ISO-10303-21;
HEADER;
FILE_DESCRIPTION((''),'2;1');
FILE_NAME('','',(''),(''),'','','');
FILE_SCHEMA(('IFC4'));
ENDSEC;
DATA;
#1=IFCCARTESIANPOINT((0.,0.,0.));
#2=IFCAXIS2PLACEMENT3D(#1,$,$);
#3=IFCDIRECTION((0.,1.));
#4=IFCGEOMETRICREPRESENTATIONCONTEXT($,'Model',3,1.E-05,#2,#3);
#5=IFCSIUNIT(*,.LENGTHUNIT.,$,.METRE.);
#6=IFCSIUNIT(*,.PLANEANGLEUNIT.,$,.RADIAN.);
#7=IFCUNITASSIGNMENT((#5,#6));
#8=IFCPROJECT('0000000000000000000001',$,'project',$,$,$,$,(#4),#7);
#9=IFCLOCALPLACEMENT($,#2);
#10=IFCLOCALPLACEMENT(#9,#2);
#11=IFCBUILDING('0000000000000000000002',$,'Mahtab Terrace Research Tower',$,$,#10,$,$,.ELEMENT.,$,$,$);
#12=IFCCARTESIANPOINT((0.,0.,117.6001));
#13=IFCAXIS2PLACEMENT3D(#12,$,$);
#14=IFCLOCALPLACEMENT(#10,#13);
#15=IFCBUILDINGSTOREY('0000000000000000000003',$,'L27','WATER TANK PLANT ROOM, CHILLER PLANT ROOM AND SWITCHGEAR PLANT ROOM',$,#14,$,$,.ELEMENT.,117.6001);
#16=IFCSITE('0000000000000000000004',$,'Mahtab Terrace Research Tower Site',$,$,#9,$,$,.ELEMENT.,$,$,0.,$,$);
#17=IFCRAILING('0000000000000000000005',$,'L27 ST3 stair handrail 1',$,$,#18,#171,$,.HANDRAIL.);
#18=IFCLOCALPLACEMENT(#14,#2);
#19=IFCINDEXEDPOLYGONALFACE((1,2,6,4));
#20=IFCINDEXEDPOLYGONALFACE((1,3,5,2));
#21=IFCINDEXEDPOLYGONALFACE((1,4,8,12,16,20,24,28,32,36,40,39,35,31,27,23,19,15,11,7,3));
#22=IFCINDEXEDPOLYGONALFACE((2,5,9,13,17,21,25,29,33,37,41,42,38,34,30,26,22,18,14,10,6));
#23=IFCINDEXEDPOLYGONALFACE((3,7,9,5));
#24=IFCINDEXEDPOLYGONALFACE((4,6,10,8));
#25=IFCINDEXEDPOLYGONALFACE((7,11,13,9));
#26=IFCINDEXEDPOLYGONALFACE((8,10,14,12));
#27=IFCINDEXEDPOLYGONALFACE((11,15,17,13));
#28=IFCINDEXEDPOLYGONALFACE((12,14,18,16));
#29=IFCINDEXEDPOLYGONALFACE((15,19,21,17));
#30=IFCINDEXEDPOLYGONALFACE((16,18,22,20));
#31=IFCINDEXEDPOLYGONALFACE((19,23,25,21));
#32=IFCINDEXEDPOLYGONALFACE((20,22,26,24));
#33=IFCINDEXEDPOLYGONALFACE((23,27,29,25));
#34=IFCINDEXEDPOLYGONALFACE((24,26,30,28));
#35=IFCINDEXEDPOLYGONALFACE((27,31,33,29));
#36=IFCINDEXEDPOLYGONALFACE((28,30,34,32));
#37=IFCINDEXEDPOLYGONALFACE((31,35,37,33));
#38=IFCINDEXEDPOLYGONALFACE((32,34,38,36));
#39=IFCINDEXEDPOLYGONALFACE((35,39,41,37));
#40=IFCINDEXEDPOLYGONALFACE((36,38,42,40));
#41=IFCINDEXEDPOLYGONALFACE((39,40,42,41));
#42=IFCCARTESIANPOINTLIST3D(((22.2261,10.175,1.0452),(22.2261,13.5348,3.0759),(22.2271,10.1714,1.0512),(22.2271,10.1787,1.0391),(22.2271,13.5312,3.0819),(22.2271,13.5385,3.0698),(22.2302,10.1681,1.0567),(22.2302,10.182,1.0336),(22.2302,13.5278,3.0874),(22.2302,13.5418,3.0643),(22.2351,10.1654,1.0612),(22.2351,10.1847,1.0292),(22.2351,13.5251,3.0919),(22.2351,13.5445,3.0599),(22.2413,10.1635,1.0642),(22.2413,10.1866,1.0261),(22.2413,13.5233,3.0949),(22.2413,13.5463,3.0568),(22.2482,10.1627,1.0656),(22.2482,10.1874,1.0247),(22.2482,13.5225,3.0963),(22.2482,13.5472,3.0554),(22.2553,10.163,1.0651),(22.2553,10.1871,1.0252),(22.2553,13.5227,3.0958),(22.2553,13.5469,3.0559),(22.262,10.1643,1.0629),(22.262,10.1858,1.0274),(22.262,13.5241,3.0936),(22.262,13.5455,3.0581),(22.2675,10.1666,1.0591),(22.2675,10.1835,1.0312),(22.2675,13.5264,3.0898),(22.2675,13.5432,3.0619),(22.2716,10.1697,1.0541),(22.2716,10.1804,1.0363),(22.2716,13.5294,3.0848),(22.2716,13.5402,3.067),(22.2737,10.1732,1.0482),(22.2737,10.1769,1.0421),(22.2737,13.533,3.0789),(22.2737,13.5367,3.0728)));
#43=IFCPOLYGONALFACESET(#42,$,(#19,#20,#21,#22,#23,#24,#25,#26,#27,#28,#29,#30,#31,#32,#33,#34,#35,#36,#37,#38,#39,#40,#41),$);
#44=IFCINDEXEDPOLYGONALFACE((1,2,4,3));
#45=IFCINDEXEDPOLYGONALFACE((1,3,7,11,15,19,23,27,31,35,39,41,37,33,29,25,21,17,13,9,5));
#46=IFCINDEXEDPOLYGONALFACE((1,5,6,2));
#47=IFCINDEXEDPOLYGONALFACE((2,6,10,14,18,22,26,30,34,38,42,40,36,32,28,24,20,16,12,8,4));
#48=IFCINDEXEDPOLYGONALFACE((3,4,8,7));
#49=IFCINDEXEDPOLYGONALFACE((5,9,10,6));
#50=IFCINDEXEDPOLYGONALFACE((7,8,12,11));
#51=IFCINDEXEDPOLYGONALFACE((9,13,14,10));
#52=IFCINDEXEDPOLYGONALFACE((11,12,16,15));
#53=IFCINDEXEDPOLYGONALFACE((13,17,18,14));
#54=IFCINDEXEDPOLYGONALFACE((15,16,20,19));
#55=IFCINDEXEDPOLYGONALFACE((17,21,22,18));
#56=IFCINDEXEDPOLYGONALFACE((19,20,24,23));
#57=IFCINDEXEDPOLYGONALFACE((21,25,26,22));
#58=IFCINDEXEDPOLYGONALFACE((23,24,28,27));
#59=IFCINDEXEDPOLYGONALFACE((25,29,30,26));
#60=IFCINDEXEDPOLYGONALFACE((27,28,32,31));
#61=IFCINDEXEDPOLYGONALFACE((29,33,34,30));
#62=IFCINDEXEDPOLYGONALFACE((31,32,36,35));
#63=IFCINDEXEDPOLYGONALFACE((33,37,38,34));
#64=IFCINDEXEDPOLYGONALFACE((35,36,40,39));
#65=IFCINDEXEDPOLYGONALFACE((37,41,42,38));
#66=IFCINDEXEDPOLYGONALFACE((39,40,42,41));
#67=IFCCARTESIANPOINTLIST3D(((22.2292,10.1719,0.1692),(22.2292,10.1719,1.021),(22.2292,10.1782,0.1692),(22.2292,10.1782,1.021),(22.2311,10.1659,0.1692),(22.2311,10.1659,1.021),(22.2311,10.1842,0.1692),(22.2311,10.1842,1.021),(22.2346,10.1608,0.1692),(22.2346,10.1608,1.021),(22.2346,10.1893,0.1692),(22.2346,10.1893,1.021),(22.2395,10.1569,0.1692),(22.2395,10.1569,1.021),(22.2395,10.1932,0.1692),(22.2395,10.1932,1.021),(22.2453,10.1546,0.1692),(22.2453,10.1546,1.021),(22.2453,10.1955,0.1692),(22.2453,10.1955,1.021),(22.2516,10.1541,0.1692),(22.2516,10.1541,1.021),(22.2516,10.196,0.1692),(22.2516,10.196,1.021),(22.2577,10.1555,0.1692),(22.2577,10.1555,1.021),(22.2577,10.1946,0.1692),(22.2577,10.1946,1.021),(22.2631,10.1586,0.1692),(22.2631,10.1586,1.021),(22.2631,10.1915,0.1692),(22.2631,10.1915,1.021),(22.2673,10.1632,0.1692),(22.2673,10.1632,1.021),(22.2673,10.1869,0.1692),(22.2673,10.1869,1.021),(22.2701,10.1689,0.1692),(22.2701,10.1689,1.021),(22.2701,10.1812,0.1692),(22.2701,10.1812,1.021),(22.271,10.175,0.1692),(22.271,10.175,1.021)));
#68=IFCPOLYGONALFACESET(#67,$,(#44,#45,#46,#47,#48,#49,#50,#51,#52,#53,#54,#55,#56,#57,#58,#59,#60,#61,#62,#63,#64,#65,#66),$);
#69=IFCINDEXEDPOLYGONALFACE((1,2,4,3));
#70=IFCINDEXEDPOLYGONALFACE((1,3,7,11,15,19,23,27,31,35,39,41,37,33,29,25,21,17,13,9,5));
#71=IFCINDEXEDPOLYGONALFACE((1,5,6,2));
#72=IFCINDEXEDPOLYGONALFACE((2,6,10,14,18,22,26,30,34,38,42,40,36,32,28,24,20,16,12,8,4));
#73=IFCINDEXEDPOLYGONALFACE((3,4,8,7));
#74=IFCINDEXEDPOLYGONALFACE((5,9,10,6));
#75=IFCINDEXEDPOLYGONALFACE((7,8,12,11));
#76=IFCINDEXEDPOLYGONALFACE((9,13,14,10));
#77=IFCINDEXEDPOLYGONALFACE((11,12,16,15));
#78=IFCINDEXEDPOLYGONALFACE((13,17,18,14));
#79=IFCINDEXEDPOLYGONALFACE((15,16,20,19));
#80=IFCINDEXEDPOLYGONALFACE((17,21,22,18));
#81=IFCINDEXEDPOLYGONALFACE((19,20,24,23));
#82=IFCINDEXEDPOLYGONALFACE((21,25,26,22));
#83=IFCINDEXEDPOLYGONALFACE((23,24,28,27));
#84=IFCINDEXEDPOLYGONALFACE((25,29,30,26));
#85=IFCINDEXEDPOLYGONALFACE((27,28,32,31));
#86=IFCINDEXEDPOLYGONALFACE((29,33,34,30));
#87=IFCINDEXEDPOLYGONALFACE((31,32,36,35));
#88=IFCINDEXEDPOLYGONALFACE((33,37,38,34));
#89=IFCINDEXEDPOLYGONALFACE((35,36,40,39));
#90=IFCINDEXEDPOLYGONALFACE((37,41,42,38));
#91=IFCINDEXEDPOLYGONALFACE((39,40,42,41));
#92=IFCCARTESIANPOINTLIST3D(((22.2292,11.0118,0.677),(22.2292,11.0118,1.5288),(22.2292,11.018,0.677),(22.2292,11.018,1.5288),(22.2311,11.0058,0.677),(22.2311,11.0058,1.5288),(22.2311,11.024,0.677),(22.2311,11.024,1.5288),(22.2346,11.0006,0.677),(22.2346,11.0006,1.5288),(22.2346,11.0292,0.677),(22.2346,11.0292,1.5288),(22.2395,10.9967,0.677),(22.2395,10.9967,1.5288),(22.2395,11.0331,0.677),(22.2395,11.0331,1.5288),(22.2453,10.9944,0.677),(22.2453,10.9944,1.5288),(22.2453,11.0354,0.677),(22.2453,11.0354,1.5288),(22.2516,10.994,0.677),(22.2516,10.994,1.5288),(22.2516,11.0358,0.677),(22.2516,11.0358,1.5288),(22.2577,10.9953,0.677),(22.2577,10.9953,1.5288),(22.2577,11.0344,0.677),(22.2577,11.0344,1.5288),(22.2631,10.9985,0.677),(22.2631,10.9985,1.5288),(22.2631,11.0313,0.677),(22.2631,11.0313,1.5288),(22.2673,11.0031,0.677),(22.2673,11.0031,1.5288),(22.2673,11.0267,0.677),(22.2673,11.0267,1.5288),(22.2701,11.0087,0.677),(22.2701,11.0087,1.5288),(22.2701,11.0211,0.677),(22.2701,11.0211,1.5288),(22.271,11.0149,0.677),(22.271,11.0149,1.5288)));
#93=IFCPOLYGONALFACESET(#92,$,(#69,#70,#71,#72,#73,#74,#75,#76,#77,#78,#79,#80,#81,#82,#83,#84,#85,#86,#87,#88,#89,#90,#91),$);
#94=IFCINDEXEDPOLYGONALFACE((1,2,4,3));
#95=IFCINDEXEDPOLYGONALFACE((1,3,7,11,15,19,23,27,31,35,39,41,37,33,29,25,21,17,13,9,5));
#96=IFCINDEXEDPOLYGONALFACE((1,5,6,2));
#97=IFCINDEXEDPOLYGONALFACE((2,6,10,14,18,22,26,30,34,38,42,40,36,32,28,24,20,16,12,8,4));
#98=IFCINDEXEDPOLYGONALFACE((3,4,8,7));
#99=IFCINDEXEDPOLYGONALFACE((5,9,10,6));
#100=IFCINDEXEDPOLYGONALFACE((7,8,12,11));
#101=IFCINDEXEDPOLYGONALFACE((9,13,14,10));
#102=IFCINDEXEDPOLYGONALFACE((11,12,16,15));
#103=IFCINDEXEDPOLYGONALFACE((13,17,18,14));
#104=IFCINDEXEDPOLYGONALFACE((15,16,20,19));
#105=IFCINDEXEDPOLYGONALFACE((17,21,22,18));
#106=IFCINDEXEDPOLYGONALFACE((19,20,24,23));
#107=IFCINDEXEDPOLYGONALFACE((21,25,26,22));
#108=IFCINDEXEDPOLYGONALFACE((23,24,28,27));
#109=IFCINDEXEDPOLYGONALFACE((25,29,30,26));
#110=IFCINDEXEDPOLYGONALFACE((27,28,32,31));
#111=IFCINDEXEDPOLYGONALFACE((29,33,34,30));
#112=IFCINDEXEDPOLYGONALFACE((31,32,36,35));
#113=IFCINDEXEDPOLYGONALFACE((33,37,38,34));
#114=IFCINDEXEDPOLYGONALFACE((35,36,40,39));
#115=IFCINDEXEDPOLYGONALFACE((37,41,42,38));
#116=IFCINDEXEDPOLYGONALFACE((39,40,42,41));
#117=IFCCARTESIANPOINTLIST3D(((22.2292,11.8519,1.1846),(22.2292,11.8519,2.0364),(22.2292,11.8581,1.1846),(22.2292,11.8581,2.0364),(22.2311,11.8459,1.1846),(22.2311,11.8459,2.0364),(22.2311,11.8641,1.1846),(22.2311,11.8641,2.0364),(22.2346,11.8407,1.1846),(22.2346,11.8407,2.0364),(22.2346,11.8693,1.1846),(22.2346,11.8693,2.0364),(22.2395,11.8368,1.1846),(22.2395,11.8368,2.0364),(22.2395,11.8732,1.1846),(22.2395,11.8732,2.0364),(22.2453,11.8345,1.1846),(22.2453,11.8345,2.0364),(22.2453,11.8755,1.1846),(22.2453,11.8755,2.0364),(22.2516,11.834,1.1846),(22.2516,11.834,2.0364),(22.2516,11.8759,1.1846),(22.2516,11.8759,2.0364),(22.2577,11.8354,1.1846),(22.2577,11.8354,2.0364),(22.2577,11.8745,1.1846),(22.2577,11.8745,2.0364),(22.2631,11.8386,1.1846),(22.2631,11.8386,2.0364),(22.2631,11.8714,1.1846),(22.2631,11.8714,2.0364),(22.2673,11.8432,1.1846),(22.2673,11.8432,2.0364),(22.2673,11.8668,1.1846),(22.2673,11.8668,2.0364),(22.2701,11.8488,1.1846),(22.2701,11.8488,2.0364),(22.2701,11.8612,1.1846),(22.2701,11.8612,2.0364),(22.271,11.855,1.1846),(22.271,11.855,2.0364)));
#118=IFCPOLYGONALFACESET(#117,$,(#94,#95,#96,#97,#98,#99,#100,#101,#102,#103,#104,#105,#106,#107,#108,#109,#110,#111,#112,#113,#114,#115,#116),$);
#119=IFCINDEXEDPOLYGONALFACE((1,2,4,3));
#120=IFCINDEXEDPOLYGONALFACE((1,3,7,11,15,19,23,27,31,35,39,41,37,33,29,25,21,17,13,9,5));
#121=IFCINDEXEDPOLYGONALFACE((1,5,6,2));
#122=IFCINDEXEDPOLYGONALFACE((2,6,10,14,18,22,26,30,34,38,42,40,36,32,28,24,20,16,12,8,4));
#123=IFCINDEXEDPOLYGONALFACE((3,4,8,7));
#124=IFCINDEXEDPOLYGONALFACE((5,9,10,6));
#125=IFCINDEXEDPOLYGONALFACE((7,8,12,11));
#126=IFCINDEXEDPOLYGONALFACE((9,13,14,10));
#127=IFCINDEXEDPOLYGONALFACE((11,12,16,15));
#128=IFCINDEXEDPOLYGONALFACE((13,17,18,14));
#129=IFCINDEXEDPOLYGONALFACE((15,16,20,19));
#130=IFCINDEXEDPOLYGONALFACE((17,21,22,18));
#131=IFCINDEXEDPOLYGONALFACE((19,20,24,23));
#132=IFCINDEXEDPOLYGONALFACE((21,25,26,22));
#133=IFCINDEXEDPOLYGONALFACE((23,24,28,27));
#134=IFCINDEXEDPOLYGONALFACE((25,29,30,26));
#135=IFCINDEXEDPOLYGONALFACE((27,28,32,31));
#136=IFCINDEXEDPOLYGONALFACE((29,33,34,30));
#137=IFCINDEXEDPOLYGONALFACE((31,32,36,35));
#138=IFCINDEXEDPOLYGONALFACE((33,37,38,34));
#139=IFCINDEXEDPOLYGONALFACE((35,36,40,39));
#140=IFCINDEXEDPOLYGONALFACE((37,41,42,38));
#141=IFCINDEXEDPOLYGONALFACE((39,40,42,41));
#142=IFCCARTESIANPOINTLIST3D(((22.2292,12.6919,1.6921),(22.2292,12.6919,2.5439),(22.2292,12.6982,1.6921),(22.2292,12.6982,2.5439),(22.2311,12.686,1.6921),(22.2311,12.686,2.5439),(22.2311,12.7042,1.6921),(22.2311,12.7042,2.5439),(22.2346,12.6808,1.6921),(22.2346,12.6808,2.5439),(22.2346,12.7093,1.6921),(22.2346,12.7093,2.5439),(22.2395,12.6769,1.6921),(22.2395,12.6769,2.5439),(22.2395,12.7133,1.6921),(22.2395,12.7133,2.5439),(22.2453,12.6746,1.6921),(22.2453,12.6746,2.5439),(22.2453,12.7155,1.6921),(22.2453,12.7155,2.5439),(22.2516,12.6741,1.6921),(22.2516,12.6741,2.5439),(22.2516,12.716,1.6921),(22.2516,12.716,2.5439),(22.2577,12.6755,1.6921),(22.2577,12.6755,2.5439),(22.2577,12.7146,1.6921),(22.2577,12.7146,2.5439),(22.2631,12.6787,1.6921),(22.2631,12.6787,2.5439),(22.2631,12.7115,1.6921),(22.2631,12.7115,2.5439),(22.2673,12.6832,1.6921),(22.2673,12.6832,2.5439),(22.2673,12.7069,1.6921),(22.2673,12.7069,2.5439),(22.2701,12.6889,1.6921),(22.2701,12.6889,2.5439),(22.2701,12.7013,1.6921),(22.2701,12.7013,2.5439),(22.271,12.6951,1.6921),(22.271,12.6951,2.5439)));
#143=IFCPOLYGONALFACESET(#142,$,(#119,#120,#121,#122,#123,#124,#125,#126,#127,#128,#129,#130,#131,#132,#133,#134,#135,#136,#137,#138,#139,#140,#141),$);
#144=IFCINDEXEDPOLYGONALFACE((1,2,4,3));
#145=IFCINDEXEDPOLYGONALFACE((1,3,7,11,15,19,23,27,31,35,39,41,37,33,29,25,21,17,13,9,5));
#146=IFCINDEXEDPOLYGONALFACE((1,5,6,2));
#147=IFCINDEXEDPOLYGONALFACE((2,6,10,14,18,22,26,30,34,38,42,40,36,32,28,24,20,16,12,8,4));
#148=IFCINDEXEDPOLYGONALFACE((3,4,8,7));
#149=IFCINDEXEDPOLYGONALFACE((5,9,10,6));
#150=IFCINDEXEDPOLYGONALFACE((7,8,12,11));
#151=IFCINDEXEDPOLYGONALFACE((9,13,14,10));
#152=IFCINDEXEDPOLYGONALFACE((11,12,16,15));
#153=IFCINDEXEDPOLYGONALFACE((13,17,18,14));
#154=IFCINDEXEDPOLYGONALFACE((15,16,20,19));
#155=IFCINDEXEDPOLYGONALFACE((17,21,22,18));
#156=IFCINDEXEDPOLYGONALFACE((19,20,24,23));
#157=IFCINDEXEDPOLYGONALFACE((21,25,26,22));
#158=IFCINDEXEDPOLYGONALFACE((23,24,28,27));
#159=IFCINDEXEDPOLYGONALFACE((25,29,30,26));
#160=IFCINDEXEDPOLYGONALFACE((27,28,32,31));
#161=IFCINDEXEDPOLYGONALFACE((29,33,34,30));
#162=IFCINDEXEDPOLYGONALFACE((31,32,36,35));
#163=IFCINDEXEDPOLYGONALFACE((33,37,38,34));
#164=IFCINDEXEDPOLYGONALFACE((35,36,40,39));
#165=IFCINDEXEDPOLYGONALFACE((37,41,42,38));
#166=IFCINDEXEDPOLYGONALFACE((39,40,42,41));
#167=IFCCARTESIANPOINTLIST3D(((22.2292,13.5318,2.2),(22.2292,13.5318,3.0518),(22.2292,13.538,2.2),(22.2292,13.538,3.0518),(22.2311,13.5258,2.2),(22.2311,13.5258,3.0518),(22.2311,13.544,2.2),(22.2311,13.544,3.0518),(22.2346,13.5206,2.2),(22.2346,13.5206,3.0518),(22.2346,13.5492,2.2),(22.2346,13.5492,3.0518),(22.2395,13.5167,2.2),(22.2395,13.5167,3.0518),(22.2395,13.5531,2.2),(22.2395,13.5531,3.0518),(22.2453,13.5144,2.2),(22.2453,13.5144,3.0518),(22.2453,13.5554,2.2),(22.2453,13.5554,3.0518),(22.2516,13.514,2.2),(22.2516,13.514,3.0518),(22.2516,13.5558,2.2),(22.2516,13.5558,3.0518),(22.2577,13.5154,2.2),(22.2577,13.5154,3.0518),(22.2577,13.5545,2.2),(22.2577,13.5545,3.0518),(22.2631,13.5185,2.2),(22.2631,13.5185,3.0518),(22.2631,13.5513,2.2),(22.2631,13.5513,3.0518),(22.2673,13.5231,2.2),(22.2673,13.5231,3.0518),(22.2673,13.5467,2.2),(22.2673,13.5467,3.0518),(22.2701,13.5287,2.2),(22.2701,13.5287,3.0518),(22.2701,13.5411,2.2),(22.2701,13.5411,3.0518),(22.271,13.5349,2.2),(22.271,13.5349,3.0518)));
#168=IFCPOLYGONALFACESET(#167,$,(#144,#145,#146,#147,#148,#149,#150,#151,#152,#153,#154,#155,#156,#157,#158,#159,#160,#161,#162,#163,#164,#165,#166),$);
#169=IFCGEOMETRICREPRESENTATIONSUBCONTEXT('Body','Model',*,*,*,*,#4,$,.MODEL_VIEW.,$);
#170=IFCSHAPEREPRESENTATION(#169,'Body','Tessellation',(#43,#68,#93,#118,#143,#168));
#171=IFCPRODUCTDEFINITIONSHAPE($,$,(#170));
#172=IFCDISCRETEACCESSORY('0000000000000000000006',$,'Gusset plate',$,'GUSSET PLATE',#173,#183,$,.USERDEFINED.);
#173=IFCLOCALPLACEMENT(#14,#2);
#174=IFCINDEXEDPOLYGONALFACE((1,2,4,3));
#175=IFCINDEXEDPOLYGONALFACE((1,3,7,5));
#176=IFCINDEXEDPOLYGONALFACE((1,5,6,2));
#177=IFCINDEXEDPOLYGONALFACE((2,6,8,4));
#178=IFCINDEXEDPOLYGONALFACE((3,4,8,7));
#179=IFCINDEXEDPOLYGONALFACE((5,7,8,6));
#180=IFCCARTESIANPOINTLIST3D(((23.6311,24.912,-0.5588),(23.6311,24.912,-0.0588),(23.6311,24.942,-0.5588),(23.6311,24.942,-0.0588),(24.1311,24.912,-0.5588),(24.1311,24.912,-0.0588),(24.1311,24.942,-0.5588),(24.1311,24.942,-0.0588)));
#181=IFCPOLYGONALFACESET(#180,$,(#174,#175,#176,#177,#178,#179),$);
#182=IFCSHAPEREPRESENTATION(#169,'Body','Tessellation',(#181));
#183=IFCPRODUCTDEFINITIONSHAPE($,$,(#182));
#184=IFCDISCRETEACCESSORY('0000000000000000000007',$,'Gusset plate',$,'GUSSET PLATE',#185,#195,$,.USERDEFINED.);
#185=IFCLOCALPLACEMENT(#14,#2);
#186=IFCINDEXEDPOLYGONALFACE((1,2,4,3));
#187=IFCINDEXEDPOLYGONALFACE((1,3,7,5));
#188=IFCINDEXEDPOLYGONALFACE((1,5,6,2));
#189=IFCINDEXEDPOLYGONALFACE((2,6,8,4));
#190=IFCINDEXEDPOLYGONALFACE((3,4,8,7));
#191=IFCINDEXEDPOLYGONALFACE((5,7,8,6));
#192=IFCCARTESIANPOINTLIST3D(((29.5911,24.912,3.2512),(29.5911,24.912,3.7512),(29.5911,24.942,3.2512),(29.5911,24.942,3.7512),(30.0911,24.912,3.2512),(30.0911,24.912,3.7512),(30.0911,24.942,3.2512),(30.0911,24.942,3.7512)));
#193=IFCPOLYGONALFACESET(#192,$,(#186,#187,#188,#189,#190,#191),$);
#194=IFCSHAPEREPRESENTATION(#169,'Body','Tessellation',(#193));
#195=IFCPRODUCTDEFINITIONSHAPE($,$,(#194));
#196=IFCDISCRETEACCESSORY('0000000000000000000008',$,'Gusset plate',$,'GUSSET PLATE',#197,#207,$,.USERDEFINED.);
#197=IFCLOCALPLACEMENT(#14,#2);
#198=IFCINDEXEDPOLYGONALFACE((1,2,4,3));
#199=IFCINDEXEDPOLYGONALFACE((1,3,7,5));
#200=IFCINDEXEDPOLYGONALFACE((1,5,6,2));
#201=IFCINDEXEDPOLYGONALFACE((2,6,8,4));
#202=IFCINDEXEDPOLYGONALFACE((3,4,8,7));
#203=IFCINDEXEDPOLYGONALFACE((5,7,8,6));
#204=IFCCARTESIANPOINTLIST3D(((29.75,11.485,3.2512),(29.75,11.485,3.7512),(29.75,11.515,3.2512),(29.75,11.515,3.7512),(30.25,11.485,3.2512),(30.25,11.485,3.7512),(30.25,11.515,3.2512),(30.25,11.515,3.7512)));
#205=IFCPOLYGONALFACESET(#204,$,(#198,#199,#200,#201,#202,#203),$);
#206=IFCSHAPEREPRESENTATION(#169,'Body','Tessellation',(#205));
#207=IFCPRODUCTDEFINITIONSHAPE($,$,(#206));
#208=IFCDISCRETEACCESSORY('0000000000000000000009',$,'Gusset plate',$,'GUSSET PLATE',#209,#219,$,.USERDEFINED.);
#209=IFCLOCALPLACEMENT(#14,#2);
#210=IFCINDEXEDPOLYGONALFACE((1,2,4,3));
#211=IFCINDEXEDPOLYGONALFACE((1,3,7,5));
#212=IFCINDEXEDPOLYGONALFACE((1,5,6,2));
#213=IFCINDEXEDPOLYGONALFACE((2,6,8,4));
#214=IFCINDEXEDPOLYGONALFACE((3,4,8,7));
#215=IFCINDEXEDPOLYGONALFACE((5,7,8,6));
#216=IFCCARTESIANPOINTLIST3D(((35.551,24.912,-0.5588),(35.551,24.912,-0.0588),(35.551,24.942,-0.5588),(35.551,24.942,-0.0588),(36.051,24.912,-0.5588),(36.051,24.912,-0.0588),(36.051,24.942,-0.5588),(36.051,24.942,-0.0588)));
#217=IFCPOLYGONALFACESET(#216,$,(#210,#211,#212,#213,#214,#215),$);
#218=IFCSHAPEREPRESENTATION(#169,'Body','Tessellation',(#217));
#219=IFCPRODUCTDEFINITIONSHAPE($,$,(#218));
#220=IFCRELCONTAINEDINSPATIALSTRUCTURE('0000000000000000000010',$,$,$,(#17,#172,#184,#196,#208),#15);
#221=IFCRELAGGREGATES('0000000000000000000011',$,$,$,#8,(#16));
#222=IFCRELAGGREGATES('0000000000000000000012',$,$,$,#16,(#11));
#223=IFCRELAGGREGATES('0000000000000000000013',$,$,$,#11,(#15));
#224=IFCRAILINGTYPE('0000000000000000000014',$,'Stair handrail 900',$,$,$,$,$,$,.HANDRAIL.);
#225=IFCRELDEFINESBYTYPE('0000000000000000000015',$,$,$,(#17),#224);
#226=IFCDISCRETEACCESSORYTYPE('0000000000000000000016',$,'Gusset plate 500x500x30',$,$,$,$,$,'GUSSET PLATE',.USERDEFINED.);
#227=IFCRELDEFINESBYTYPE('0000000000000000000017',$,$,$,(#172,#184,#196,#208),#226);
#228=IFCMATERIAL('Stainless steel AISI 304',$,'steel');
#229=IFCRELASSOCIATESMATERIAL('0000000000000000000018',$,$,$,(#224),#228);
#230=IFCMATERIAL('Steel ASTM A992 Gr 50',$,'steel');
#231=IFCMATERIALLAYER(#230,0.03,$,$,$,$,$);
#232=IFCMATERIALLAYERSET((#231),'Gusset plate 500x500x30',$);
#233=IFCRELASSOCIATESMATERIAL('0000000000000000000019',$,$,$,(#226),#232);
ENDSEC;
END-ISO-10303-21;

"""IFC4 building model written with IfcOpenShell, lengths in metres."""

from ifc_helpers import new_model, si_unit, direction, frame, origin, origin_2d, place, context, subcontext, project, spatial, rectangle, circle, extrude, material, layer, layer_set, type_object, element, save


model = new_model("IFC4")

# Units and contexts
model_context = context("Model", 3, precision=1e-05, world=origin(), true_north=direction((0.0, 1.0)))
body_context = subcontext(model_context, "Body", "Model", "MODEL_VIEW")
ifc_project = project(units=[si_unit("LENGTHUNIT", "METRE"), si_unit("PLANEANGLEUNIT", "RADIAN")], contexts=[model_context])

# Site, building, storey
site_placement = place(None, origin())
site = spatial("IfcSite", under=ifc_project, at=site_placement, Name="Mahtab Terrace Research Tower Site", CompositionType="ELEMENT", RefElevation=0.0)
building_placement = place(site_placement, origin())
building = spatial("IfcBuilding", under=site, at=building_placement, Name="Mahtab Terrace Research Tower", CompositionType="ELEMENT")
storey_placement = place(building_placement, frame((0.0, 0.0, 117.6001)))
storey = spatial("IfcBuildingStorey", under=building, at=storey_placement, Name="L27", Description="WATER TANK PLANT ROOM, CHILLER PLANT ROOM AND SWITCHGEAR PLANT ROOM", CompositionType="ELEMENT", Elevation=117.6001)

# Shared definitions
ifc_material_1 = material(Name="Steel ASTM A992 Gr 50", Category="steel")

# Shared definitions
ifc_material_2 = material(Name="Stainless steel AISI 304", Category="steel")

# Railing
railing_type_1 = type_object("IfcRailingType", Name="Stair handrail 900", PredefinedType="HANDRAIL", material=ifc_material_2)
railing_1_placement = place(storey_placement, frame((22.25, 10.175, 0.1692)))
element("IfcRailing", 1, at=railing_1_placement, inside=storey, type_object=railing_type_1, Name="L27 ST3 stair handrail 1", PredefinedType="HANDRAIL", context=body_context, shape_type="SweptSolid", body=[
    extrude(circle(Radius=0.0239, at=origin_2d()), frame((0.0, 0.0, 0.876), z_axis=(0.0, 0.85582, 0.517273), x_axis=(-1.0, 0.0, 0.0)), (0.0, 0.0, 1.0), 3.9258),
    extrude(circle(Radius=0.021, at=origin_2d()), origin(), (0.0, 0.0, 1.0), 0.8518),
    extrude(circle(Radius=0.021, at=origin_2d()), frame((0.0, 0.8398, 0.5078)), (0.0, 0.0, 1.0), 0.8518),
    extrude(circle(Radius=0.021, at=origin_2d()), frame((0.0, 1.6799, 1.0154)), (0.0, 0.0, 1.0), 0.8518),
    extrude(circle(Radius=0.021, at=origin_2d()), frame((0.0, 2.52, 1.5229)), (0.0, 0.0, 1.0), 0.8518),
    extrude(circle(Radius=0.021, at=origin_2d()), frame((0.0, 3.3599, 2.0308)), (0.0, 0.0, 1.0), 0.8518),
])

# Discrete accessories
ifc_layer_1 = layer(ifc_material_1, 0.03)
ifc_layer_set_1 = layer_set([ifc_layer_1], Name="Gusset plate 500x500x30")
discrete_accessory_type = type_object("IfcDiscreteAccessoryType", Name="Gusset plate 500x500x30", ElementType="GUSSET PLATE", PredefinedType="USERDEFINED", material=ifc_layer_set_1)
for number, where, z_axis, x_axis, name in (
    (2, (23.8811, 24.927, -0.5588), (0.0, 0.0, 1.0), (1.0, 0.0, 0.0), "Gusset plate"),
    (3, (29.8411, 24.927, 3.2512), (0.0, 0.0, 1.0), (1.0, 0.0, 0.0), "Gusset plate"),
    (4, (30.0, 11.5, 3.2512), (0.0, 0.0, 1.0), (1.0, 0.0, 0.0), "Gusset plate"),
    (5, (35.801, 24.927, -0.5588), (0.0, 0.0, 1.0), (1.0, 0.0, 0.0), "Gusset plate"),
):
    element("IfcDiscreteAccessory", number, at=place(storey_placement, frame(where, z_axis=z_axis, x_axis=x_axis)), inside=storey, type_object=discrete_accessory_type, Name=name, ObjectType="GUSSET PLATE", PredefinedType="USERDEFINED", context=body_context, shape_type="SweptSolid", body=[
        extrude(rectangle(XDim=0.5, YDim=0.03, at=origin_2d()), origin(), (0.0, 0.0, 1.0), 0.5),
    ])

save(model, "model.ifc")
